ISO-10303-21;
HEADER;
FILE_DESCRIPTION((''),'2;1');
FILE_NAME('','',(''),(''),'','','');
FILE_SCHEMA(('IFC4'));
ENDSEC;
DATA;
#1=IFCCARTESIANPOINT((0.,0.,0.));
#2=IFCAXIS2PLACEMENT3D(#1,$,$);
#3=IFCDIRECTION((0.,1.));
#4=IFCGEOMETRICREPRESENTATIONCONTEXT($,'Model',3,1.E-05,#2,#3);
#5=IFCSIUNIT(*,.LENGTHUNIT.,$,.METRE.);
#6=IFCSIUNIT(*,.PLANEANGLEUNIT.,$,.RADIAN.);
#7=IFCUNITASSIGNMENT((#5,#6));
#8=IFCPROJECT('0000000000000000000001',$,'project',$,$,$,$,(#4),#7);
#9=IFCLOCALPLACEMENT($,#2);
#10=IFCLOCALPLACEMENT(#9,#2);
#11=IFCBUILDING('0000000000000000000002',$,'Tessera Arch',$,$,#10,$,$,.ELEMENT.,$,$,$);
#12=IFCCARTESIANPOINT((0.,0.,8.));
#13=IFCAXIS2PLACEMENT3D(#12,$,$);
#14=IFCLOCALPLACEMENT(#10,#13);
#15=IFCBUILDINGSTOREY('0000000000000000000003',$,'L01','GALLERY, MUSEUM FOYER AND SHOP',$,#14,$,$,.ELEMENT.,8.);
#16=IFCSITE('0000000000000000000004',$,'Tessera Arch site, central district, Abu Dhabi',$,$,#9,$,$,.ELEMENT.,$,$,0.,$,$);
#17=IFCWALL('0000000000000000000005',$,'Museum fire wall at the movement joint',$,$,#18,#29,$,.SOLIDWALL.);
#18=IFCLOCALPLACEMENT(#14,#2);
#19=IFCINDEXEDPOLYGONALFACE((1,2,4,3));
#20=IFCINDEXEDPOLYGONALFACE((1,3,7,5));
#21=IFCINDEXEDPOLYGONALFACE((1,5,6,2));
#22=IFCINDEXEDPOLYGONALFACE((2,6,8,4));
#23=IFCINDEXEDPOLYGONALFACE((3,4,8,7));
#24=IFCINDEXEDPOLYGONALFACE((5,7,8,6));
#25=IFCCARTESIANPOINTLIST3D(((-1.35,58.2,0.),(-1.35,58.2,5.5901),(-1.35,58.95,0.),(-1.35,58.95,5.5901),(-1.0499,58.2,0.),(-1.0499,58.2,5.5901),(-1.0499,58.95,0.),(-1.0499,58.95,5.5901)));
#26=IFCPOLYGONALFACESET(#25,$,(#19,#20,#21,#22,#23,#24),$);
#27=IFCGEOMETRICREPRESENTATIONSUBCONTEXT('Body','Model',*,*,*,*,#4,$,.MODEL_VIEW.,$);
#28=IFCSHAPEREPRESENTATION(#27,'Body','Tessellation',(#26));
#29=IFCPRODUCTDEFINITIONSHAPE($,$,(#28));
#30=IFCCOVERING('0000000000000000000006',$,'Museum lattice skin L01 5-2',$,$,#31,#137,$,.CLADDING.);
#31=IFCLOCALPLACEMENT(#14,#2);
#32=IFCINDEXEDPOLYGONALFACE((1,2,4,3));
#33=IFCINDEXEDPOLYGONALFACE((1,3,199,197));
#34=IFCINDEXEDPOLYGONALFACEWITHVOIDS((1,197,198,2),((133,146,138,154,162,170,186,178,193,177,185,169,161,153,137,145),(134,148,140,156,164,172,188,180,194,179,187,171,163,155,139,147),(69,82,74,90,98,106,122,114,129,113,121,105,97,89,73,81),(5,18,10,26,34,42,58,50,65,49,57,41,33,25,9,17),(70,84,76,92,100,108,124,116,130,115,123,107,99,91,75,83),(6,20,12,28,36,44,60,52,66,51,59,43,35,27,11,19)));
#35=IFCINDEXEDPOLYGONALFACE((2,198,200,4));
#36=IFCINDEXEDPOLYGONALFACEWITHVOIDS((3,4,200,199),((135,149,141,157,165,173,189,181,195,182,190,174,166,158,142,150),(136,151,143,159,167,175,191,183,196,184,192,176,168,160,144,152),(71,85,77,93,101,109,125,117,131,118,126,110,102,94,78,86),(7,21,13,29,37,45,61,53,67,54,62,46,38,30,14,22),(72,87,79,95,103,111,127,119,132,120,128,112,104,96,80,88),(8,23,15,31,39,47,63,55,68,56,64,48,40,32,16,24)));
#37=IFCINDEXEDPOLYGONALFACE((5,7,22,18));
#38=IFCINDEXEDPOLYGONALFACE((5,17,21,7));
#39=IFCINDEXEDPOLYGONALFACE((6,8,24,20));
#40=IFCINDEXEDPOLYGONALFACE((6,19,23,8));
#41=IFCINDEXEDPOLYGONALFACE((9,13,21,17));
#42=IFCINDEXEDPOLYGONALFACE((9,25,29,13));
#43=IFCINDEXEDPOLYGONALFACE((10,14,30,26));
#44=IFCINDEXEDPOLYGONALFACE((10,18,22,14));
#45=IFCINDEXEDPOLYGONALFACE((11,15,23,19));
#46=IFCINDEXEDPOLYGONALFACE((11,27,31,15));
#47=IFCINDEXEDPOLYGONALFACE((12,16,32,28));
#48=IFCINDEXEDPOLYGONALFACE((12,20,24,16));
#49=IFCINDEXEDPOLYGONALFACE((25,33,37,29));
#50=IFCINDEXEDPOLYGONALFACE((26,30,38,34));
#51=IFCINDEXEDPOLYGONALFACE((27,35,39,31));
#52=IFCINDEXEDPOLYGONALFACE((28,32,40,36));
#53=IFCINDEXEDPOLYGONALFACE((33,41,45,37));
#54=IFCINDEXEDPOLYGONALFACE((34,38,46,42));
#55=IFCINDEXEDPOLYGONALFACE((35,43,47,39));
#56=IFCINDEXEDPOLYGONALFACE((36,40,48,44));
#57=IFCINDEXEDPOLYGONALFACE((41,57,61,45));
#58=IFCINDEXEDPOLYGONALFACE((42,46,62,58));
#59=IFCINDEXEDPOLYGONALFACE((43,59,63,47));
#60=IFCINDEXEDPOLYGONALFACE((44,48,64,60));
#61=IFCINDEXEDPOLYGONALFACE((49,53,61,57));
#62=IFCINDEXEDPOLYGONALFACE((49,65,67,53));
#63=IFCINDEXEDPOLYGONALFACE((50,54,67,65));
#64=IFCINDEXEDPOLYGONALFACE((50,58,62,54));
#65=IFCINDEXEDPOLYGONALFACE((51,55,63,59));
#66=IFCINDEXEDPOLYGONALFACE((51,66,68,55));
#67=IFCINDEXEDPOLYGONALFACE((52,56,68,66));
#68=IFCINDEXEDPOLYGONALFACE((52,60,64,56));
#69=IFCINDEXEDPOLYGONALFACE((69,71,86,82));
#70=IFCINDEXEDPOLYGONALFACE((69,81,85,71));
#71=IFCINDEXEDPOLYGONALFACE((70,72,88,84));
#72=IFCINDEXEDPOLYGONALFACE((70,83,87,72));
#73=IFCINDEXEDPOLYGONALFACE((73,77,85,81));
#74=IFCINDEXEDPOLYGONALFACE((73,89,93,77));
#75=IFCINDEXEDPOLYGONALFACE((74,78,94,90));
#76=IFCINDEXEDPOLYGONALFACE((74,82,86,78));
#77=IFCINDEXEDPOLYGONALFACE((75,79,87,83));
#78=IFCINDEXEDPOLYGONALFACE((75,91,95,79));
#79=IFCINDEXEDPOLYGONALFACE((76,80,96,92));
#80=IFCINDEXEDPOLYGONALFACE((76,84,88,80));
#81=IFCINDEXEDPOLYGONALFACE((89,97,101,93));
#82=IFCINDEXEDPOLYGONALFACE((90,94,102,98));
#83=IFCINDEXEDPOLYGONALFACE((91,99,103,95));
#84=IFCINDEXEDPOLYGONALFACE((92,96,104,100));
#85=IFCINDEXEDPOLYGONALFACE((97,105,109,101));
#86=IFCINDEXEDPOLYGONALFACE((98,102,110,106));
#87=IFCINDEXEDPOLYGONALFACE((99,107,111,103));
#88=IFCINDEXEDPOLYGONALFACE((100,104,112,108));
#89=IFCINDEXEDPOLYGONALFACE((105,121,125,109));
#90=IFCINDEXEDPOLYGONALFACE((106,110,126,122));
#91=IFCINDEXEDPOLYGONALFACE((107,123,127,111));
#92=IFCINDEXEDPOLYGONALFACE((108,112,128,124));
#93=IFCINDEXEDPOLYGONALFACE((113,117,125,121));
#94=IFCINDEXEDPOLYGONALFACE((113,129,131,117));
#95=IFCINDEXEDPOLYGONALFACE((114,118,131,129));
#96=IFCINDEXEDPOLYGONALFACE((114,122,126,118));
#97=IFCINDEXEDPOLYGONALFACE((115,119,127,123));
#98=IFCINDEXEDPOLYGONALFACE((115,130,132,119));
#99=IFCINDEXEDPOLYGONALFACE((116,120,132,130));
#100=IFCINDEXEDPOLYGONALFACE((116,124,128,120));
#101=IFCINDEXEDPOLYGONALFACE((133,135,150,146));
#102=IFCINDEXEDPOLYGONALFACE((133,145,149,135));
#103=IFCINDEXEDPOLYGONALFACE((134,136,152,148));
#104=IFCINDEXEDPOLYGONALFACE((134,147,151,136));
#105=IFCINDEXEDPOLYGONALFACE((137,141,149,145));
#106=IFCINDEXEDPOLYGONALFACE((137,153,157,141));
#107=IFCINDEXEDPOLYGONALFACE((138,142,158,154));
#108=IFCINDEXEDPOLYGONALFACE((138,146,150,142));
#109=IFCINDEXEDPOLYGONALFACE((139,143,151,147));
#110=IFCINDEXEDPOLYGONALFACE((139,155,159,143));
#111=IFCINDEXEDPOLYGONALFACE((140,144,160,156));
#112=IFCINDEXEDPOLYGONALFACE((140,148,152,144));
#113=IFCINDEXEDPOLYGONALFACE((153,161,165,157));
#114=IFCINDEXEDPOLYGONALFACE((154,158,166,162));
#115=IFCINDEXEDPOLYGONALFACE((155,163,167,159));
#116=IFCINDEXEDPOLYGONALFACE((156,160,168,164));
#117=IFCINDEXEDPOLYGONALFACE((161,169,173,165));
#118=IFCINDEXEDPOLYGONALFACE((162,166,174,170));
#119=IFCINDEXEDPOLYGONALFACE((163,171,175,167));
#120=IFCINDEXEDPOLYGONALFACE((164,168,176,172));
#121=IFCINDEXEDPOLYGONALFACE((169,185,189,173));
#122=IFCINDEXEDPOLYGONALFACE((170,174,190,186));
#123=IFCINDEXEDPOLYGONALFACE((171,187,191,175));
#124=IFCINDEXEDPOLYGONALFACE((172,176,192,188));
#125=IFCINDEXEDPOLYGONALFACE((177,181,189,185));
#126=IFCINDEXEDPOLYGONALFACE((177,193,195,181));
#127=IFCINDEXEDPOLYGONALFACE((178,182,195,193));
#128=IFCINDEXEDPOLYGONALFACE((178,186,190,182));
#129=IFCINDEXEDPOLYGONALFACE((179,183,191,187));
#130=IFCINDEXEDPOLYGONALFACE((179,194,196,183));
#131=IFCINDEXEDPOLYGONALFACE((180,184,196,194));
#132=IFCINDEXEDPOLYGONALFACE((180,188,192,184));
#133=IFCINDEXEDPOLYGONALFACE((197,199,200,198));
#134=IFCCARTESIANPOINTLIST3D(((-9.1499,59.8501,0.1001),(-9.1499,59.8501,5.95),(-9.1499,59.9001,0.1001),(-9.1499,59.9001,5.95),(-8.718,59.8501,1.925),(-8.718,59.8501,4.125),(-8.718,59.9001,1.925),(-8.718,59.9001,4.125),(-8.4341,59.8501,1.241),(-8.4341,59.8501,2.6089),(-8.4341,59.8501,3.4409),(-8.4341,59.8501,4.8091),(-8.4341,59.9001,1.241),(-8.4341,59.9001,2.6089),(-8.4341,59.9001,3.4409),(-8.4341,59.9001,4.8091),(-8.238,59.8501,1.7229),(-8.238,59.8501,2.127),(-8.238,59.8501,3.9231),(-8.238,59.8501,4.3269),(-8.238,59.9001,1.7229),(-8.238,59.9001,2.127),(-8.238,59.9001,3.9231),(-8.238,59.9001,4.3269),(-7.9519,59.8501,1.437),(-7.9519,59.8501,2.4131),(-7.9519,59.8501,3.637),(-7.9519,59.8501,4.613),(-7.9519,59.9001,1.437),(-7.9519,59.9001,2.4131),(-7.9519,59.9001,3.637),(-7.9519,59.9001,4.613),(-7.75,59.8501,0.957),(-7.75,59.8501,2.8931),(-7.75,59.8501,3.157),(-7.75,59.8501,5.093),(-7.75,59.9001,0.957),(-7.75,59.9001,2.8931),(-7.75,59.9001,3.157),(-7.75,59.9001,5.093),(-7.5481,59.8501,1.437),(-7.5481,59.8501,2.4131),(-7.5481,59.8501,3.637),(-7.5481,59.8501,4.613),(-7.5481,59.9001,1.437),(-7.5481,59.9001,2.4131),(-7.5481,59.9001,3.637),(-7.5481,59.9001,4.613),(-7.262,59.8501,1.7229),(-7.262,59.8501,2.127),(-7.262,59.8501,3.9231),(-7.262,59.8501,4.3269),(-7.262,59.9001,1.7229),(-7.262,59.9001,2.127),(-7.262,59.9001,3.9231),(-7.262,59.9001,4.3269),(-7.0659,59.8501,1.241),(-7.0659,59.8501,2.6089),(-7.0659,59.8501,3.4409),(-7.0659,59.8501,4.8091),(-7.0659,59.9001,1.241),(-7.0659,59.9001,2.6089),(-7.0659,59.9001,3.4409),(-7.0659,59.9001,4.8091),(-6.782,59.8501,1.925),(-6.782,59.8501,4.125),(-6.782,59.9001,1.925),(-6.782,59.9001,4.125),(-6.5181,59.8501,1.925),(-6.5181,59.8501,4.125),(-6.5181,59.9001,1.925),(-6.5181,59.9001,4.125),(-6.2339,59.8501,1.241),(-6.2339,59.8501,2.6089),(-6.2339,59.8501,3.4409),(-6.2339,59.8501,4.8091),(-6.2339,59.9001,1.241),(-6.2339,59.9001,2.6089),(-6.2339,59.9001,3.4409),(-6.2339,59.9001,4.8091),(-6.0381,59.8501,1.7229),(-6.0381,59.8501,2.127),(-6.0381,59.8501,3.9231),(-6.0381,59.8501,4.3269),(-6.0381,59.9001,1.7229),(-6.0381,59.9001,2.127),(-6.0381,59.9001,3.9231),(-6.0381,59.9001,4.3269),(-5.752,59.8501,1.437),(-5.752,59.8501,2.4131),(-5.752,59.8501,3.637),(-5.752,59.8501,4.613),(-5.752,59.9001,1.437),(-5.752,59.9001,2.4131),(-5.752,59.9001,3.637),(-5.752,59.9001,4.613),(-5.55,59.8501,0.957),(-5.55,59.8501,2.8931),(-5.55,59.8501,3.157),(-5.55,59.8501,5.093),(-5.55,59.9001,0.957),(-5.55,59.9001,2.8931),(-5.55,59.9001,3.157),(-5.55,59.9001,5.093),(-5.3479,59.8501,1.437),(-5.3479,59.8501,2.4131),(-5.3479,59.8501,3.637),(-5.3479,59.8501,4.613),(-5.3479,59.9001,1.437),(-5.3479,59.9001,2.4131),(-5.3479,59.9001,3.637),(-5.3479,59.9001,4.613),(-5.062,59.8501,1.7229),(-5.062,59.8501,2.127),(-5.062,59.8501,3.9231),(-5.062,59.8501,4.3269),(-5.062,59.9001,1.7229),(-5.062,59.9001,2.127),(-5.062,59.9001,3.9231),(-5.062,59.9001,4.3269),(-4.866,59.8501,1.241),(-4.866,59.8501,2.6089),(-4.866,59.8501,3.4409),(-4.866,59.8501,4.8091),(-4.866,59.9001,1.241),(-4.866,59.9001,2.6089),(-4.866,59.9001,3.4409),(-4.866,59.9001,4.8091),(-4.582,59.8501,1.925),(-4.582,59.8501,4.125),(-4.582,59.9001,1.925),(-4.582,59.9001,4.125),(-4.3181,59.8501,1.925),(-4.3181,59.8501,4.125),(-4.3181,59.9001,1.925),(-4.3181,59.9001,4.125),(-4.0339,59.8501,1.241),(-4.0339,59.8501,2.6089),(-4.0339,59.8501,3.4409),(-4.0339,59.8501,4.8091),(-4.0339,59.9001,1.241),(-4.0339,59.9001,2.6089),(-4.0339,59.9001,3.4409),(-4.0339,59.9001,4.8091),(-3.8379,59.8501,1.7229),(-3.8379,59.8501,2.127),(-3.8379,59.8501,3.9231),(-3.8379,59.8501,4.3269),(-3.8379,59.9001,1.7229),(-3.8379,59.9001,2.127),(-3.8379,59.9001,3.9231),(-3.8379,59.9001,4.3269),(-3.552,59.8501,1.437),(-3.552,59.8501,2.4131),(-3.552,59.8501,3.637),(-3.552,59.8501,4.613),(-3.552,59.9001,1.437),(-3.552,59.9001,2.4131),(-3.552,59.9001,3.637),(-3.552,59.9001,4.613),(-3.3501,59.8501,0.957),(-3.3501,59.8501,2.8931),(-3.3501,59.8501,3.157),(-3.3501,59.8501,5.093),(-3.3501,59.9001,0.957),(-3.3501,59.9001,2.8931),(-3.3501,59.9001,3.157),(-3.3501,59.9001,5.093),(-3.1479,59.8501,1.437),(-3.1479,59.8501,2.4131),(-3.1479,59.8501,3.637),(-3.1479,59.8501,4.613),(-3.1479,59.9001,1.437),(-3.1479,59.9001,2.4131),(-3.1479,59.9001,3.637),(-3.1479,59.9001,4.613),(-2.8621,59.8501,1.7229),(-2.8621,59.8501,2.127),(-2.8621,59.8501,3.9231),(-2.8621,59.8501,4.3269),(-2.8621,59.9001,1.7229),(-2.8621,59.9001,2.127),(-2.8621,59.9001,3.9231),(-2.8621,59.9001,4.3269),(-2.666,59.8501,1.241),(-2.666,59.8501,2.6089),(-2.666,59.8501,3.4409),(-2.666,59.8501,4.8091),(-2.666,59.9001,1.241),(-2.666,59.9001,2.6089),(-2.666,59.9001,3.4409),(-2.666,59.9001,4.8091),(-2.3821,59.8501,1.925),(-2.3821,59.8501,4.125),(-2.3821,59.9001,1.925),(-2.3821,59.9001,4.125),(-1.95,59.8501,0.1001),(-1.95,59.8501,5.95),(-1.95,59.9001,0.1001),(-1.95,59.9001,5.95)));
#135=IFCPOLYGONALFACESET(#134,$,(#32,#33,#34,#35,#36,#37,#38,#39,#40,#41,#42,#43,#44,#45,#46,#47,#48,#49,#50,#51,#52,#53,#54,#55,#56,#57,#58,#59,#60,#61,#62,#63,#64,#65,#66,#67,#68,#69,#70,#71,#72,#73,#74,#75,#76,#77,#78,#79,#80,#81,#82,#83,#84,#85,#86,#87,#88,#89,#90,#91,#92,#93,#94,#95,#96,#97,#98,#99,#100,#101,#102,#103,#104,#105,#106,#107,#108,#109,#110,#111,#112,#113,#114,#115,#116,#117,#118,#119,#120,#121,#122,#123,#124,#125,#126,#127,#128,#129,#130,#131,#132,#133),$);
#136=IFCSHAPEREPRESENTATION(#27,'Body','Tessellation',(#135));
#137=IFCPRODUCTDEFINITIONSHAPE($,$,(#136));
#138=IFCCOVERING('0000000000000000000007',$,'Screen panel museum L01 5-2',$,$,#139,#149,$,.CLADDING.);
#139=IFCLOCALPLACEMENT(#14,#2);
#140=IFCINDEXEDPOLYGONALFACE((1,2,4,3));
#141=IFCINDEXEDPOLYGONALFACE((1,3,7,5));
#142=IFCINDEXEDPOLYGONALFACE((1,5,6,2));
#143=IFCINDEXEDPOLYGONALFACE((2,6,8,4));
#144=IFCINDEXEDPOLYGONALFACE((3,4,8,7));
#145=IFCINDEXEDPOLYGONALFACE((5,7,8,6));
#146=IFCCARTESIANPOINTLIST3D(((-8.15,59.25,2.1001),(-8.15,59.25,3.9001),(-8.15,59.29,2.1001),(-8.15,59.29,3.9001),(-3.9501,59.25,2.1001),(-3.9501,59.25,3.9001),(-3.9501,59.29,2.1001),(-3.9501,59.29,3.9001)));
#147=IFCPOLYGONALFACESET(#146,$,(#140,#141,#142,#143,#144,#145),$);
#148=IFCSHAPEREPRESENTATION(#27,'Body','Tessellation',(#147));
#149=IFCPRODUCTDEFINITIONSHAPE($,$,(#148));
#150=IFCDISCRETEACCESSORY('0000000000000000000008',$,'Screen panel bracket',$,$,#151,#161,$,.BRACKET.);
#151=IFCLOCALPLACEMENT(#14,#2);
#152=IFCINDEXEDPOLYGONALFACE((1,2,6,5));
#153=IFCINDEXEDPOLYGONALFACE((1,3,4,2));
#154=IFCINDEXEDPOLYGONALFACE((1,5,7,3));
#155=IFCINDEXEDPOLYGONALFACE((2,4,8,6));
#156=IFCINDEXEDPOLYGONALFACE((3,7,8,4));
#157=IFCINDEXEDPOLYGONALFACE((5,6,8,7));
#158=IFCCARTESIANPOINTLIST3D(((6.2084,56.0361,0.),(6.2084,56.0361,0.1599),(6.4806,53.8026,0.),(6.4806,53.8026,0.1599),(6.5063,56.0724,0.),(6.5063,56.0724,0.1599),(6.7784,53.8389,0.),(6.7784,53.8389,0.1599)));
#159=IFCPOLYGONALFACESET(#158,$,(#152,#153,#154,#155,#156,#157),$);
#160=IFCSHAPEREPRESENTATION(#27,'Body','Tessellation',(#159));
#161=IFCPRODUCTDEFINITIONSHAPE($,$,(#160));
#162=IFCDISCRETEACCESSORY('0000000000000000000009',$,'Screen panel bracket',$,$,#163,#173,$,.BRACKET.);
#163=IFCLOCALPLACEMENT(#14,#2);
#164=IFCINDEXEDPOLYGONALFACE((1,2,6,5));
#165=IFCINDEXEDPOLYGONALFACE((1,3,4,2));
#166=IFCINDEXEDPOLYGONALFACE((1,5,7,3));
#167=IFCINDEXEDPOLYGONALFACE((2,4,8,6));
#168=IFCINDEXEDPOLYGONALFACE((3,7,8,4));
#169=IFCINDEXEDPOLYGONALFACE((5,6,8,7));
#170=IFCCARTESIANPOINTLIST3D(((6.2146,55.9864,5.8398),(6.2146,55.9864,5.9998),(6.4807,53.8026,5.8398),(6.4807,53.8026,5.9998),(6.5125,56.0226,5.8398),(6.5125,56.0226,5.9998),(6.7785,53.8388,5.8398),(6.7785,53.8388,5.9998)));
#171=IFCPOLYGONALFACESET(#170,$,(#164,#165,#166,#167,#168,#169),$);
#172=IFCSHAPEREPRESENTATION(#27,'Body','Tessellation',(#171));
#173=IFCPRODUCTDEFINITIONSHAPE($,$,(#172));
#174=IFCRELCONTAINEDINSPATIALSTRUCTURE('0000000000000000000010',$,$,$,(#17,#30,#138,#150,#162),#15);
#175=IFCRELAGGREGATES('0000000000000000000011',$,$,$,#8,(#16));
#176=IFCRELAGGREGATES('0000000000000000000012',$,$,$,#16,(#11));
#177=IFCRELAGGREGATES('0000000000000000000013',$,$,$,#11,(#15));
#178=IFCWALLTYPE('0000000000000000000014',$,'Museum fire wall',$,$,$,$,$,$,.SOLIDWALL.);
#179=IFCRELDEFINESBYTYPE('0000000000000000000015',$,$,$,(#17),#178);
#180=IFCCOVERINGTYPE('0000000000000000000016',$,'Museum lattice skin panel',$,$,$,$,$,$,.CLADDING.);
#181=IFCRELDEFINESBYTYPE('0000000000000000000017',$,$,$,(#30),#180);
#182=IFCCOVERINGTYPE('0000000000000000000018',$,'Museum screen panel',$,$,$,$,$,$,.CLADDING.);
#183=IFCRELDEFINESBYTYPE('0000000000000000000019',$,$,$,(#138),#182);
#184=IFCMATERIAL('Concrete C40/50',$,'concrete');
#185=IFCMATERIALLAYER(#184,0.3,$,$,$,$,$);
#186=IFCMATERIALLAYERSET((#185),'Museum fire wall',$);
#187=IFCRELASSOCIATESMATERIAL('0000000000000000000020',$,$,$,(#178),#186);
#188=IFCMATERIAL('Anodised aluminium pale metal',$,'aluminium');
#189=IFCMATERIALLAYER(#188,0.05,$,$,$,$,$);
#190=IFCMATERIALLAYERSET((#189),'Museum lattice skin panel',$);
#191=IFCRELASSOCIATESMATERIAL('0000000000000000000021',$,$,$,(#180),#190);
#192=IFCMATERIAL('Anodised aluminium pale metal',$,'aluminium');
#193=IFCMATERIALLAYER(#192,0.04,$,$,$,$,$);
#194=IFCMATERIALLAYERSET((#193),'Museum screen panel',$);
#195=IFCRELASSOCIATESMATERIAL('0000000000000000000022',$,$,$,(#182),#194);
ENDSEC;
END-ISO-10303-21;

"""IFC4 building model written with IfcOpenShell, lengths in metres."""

from ifc_helpers import new_model, si_unit, direction, frame, frame_2d, origin, origin_2d, place, context, subcontext, project, spatial, polyline, rectangle, outline, extrude, material, layer, layer_set, type_object, element, save


model = new_model("IFC4")

# Units and contexts
model_context = context("Model", 3, precision=1e-05, world=origin(), true_north=direction((0.0, 1.0)))
body_context = subcontext(model_context, "Body", "Model", "MODEL_VIEW")
ifc_project = project(units=[si_unit("LENGTHUNIT", "METRE"), si_unit("PLANEANGLEUNIT", "RADIAN")], contexts=[model_context])

# Site, building, storey
site_placement = place(None, origin())
site = spatial("IfcSite", under=ifc_project, at=site_placement, Name="Tessera Arch site, central district, Abu Dhabi", CompositionType="ELEMENT", RefElevation=0.0)
building_placement = place(site_placement, origin())
building = spatial("IfcBuilding", under=site, at=building_placement, Name="Tessera Arch", CompositionType="ELEMENT")
storey_placement = place(building_placement, frame((0.0, 0.0, 8.0)))
storey = spatial("IfcBuildingStorey", under=building, at=storey_placement, Name="L01", Description="GALLERY, MUSEUM FOYER AND SHOP", CompositionType="ELEMENT", Elevation=8.0)

# Wall
ifc_material_1 = material(Name="Concrete C40/50", Category="concrete")
ifc_layer_1 = layer(ifc_material_1, 0.3)
ifc_layer_set_1 = layer_set([ifc_layer_1], Name="Museum fire wall")
wall_type_1 = type_object("IfcWallType", Name="Museum fire wall", PredefinedType="SOLIDWALL", material=ifc_layer_set_1)
wall_1_placement = place(storey_placement, frame((-1.2, 58.2, 0.0), z_axis=(0.0, 0.0, 1.0), x_axis=(0.0, 1.0, 0.0)))
element("IfcWall", 1, at=wall_1_placement, inside=storey, type_object=wall_type_1, Name="Museum fire wall at the movement joint", PredefinedType="SOLIDWALL", context=body_context, shape_type="SweptSolid", body=[
    extrude(rectangle(XDim=0.75, YDim=0.3, at=frame_2d((0.375, 0.0))), origin(), (0.0, 0.0, 1.0), 5.5901),
])

# Coverings
ifc_material_2 = material(Name="Anodised aluminium pale metal", Category="aluminium")
ifc_layer_2 = layer(ifc_material_2, 0.05)
ifc_layer_set_2 = layer_set([ifc_layer_2], Name="Museum lattice skin panel")
covering_type_1 = type_object("IfcCoveringType", Name="Museum lattice skin panel", PredefinedType="CLADDING", material=ifc_layer_set_2)
covering_1_placement = place(storey_placement, frame((-1.95, 59.8501, 5.95), z_axis=(0.0, -1.0, 0.0), x_axis=(-1.0, 0.0, 0.0)))
element("IfcCovering", 2, at=covering_1_placement, inside=storey, type_object=covering_type_1, Name="Museum lattice skin L01 5-2", PredefinedType="CLADDING", context=body_context, shape_type="SweptSolid", body=[
    extrude(outline(polyline([(0.0, 0.0), (7.2, 0.0), (7.2, 5.8499), (0.0, 5.8499), (0.0, 0.0)]), holes=[polyline([(2.3682, 4.0249), (1.8879, 3.823), (2.084, 3.3411), (1.6021, 3.5369), (1.4001, 3.0569), (1.198, 3.5369), (0.7161, 3.3411), (0.9121, 3.823), (0.4321, 4.0249), (0.9121, 4.2271), (0.7161, 4.709), (1.198, 4.5129), (1.4001, 4.9929), (1.6021, 4.5129), (2.084, 4.709), (1.8879, 4.2271), (2.3682, 4.0249)]), polyline([(2.3682, 1.825), (1.8879, 1.623), (2.084, 1.1409), (1.6021, 1.3369), (1.4001, 0.8569), (1.198, 1.3369), (0.7161, 1.1409), (0.9121, 1.623), (0.4321, 1.825), (0.9121, 2.0269), (0.7161, 2.509), (1.198, 2.313), (1.4001, 2.793), (1.6021, 2.313), (2.084, 2.509), (1.8879, 2.0269), (2.3682, 1.825)]), polyline([(4.5681, 4.0249), (4.0881, 3.823), (4.2839, 3.3411), (3.802, 3.5369), (3.6001, 3.0569), (3.3979, 3.5369), (2.916, 3.3411), (3.1121, 3.823), (2.6321, 4.0249), (3.1121, 4.2271), (2.916, 4.709), (3.3979, 4.5129), (3.6001, 4.9929), (3.802, 4.5129), (4.2839, 4.709), (4.0881, 4.2271), (4.5681, 4.0249)]), polyline([(4.5681, 1.825), (4.0881, 1.623), (4.2839, 1.1409), (3.802, 1.3369), (3.6001, 0.8569), (3.3979, 1.3369), (2.916, 1.1409), (3.1121, 1.623), (2.6321, 1.825), (3.1121, 2.0269), (2.916, 2.509), (3.3979, 2.313), (3.6001, 2.793), (3.802, 2.313), (4.2839, 2.509), (4.0881, 2.0269), (4.5681, 1.825)]), polyline([(6.7681, 4.0249), (6.2881, 3.823), (6.4841, 3.3411), (6.002, 3.5369), (5.8, 3.0569), (5.5981, 3.5369), (5.116, 3.3411), (5.312, 3.823), (4.832, 4.0249), (5.312, 4.2271), (5.116, 4.709), (5.5981, 4.5129), (5.8, 4.9929), (6.002, 4.5129), (6.4841, 4.709), (6.2881, 4.2271), (6.7681, 4.0249)]), polyline([(6.7681, 1.825), (6.2881, 1.623), (6.4841, 1.1409), (6.002, 1.3369), (5.8, 0.8569), (5.5981, 1.3369), (5.116, 1.1409), (5.312, 1.623), (4.832, 1.825), (5.312, 2.0269), (5.116, 2.509), (5.5981, 2.313), (5.8, 2.793), (6.002, 2.313), (6.4841, 2.509), (6.2881, 2.0269), (6.7681, 1.825)])]), origin(), (0.0, 0.0, -1.0), 0.05),
])
ifc_material_3 = material(Name="Anodised aluminium pale metal", Category="aluminium")
ifc_layer_3 = layer(ifc_material_3, 0.04)
ifc_layer_set_3 = layer_set([ifc_layer_3], Name="Museum screen panel")
covering_type_2 = type_object("IfcCoveringType", Name="Museum screen panel", PredefinedType="CLADDING", material=ifc_layer_set_3)
covering_2_placement = place(storey_placement, frame((-6.05, 59.27, 2.1001), z_axis=(0.0, 0.0, 1.0), x_axis=(-1.0, 0.0, 0.0)))
element("IfcCovering", 3, at=covering_2_placement, inside=storey, type_object=covering_type_2, Name="Screen panel museum L01 5-2", PredefinedType="CLADDING", context=body_context, shape_type="SweptSolid", body=[
    extrude(rectangle(XDim=4.2, YDim=0.04, at=origin_2d()), origin(), (0.0, 0.0, 1.0), 1.8),
])

# Discrete accessories
discrete_accessory_1_placement = place(storey_placement, frame((6.4934, 54.9375, 0.0), z_axis=(0.0, 0.0, 1.0), x_axis=(-0.120951, 0.992658, 0.0)))
element("IfcDiscreteAccessory", 4, at=discrete_accessory_1_placement, inside=storey, Name="Screen panel bracket", PredefinedType="BRACKET", context=body_context, shape_type="SweptSolid", body=[
    extrude(rectangle(XDim=2.25, YDim=0.3, at=origin_2d()), origin(), (0.0, 0.0, 1.0), 0.1599),
])
discrete_accessory_2_placement = place(storey_placement, frame((6.4966, 54.9126, 5.8398), z_axis=(0.0, 0.0, 1.0), x_axis=(-0.120951, 0.992658, 0.0)))
element("IfcDiscreteAccessory", 5, at=discrete_accessory_2_placement, inside=storey, Name="Screen panel bracket", PredefinedType="BRACKET", context=body_context, shape_type="SweptSolid", body=[
    extrude(rectangle(XDim=2.2, YDim=0.3, at=origin_2d()), origin(), (0.0, 0.0, 1.0), 0.1599),
])

save(model, "model.ifc")
